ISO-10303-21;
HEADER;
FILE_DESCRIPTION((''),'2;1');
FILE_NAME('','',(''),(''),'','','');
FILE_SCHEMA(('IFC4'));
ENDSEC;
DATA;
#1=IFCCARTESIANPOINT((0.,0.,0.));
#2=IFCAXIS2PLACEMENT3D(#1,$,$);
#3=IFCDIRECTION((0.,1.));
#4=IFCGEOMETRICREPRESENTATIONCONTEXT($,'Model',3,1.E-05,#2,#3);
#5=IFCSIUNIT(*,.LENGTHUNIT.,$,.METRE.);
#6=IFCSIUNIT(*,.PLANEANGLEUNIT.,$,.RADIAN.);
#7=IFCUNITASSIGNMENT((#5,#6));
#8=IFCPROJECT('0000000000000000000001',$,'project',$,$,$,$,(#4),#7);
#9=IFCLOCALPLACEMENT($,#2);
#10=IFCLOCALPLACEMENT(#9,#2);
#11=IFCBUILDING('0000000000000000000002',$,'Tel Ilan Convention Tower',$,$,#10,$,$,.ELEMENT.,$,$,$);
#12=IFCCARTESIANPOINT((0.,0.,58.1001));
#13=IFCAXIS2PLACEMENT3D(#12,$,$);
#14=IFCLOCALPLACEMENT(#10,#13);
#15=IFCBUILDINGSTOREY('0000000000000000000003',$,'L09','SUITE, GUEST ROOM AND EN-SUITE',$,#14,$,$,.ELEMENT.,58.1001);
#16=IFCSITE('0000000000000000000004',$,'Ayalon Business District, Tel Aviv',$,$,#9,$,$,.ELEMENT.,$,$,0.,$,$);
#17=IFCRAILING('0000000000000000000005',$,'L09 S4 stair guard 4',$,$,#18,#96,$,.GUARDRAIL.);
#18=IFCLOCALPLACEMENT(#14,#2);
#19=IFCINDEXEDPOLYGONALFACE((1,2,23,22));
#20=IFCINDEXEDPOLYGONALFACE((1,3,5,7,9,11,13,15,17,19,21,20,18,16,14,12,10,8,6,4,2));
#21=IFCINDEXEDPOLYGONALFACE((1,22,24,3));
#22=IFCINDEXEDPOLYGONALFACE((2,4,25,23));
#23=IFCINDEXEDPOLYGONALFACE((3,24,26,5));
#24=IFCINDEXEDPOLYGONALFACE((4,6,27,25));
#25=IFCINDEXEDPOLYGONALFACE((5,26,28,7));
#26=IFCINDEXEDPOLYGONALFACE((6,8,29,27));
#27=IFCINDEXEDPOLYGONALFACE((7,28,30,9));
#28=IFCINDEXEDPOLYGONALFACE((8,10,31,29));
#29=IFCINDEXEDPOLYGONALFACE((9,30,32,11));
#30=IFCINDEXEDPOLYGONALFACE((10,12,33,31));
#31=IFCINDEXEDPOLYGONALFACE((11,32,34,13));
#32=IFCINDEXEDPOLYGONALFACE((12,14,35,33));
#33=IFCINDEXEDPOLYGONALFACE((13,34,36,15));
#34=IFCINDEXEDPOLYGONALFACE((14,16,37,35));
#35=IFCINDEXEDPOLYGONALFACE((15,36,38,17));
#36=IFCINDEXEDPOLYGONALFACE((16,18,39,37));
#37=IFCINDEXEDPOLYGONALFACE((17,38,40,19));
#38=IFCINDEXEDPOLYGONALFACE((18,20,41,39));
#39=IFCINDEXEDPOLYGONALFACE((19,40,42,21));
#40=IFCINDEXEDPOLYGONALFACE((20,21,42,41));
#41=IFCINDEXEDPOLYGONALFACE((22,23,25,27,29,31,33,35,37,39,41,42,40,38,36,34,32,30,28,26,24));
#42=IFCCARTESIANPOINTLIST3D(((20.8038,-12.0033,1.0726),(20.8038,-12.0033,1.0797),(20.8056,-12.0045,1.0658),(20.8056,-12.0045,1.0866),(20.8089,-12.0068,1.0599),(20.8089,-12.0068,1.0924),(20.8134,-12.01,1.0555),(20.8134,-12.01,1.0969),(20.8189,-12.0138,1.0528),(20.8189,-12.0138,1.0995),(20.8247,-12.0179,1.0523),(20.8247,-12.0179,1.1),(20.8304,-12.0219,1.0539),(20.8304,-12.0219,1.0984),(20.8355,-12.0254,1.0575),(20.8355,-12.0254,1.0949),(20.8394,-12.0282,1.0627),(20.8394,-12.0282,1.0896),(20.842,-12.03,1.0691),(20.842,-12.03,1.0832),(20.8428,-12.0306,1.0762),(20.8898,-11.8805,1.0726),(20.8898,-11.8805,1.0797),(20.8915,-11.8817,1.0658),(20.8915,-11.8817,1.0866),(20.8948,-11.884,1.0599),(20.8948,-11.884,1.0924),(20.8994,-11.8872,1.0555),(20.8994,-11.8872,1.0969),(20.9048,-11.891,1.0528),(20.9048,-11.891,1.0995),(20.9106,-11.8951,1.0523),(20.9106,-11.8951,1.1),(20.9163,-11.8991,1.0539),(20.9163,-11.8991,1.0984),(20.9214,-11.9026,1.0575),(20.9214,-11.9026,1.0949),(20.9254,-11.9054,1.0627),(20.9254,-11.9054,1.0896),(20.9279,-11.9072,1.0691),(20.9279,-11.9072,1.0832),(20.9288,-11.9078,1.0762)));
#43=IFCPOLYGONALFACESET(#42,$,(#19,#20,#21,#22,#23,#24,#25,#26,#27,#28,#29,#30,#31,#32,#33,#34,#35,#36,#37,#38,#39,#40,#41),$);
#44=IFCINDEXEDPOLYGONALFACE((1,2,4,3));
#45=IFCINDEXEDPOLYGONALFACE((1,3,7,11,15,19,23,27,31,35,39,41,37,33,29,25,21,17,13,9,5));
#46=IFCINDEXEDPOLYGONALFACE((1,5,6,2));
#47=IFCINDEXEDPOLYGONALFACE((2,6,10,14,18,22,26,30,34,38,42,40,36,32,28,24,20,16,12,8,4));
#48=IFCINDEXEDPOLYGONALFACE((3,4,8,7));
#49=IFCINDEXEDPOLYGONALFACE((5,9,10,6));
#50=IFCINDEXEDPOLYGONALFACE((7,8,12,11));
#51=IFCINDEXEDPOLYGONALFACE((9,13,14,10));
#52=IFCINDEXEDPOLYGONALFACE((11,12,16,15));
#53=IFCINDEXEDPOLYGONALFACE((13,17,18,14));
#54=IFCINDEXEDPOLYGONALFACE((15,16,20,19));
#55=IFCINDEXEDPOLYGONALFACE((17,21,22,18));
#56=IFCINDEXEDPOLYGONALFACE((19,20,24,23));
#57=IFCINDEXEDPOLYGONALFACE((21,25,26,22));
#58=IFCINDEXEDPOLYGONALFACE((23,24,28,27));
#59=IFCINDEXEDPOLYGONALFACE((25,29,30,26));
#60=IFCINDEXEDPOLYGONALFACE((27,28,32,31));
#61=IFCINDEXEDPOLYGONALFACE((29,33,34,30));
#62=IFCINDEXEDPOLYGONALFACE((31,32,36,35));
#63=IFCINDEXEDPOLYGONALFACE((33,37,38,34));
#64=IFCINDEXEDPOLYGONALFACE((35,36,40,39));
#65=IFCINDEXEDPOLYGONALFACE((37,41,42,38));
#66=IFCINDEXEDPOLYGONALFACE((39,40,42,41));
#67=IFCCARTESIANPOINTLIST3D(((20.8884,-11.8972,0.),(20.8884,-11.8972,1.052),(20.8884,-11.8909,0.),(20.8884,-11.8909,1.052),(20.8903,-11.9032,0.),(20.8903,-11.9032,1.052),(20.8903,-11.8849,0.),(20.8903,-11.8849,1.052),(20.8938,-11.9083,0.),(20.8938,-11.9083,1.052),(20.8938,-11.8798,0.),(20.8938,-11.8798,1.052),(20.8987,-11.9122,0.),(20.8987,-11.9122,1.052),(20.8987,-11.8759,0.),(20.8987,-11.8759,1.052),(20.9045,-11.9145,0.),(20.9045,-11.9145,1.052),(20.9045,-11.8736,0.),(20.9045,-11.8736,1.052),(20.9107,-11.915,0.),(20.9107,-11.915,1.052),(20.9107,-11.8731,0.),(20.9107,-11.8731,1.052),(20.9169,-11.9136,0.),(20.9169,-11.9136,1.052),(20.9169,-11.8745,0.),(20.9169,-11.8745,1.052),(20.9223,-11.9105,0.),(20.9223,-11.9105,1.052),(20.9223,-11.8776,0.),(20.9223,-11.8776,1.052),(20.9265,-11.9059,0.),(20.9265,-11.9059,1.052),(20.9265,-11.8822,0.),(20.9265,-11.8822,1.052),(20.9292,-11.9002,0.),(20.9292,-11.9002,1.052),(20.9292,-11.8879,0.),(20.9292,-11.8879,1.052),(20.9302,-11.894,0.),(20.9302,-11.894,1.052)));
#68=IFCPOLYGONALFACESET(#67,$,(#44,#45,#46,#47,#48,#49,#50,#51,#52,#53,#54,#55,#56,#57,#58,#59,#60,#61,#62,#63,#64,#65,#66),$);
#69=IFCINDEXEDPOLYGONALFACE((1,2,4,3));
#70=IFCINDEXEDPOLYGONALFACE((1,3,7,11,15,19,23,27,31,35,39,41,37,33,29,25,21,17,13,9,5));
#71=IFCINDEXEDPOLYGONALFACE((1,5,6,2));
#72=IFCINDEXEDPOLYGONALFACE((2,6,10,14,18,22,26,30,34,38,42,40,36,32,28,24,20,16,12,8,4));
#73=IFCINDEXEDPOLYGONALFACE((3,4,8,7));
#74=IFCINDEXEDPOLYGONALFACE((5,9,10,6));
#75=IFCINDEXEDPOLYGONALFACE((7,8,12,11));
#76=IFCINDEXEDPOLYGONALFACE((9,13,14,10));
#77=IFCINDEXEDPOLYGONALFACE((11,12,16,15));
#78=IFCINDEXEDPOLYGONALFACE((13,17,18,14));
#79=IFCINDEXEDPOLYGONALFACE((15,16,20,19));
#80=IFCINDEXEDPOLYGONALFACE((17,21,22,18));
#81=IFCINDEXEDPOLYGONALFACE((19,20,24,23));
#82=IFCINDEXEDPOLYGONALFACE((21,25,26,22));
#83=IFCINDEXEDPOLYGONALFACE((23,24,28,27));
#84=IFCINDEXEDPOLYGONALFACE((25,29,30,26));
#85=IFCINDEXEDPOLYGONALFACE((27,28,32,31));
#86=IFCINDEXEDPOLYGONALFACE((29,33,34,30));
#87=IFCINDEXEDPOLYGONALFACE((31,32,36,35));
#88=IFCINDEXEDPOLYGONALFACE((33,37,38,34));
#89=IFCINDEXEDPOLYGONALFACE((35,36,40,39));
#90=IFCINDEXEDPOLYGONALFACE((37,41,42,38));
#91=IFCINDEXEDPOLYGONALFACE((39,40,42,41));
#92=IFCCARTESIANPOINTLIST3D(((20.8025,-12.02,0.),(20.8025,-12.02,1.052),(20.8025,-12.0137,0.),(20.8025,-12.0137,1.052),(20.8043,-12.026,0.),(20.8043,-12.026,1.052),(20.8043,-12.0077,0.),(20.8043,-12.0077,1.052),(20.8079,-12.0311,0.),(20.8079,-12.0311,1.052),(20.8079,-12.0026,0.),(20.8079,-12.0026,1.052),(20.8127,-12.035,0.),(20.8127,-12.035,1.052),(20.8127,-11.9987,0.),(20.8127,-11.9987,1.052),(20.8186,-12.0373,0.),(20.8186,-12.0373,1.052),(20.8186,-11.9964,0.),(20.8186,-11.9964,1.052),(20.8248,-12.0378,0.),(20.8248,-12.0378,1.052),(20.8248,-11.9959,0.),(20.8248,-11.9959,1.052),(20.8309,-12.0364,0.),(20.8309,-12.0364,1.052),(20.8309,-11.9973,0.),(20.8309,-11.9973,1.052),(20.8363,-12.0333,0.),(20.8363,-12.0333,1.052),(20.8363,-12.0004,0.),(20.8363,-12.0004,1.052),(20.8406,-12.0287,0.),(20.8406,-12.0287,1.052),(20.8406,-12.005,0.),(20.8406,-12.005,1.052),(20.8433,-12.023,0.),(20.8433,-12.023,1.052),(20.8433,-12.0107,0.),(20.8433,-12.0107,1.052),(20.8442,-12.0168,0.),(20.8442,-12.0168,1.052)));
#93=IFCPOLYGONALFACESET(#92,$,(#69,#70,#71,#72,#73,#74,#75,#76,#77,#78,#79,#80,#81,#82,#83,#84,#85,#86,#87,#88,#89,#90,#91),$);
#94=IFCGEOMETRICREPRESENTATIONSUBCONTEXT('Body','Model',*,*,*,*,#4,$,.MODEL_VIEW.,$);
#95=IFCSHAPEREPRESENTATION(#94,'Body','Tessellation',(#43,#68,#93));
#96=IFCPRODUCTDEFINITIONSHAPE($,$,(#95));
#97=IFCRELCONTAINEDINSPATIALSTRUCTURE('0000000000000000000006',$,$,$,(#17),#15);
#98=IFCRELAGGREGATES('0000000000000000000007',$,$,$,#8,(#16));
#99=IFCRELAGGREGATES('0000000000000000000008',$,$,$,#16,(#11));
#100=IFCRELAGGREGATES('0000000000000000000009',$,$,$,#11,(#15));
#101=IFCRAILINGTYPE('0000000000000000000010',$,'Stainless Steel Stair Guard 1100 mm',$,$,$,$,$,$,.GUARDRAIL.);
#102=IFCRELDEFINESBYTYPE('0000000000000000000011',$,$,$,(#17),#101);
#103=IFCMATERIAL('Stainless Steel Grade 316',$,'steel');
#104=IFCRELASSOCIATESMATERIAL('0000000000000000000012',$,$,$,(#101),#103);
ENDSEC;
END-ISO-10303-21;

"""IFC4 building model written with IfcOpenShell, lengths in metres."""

from ifc_helpers import new_model, si_unit, direction, frame, origin, origin_2d, place, context, subcontext, project, spatial, circle, extrude, material, type_object, element, save


model = new_model("IFC4")

# Units and contexts
model_context = context("Model", 3, precision=1e-05, world=origin(), true_north=direction((0.0, 1.0)))
body_context = subcontext(model_context, "Body", "Model", "MODEL_VIEW")
ifc_project = project(units=[si_unit("LENGTHUNIT", "METRE"), si_unit("PLANEANGLEUNIT", "RADIAN")], contexts=[model_context])

# Site, building, storey
site_placement = place(None, origin())
site = spatial("IfcSite", under=ifc_project, at=site_placement, Name="Ayalon Business District, Tel Aviv", CompositionType="ELEMENT", RefElevation=0.0)
building_placement = place(site_placement, origin())
building = spatial("IfcBuilding", under=site, at=building_placement, Name="Tel Ilan Convention Tower", CompositionType="ELEMENT")
storey_placement = place(building_placement, frame((0.0, 0.0, 58.1001)))
storey = spatial("IfcBuildingStorey", under=building, at=storey_placement, Name="L09", Description="SUITE, GUEST ROOM AND EN-SUITE", CompositionType="ELEMENT", Elevation=58.1001)

# Railing
ifc_material_1 = material(Name="Stainless Steel Grade 316", Category="steel")
railing_type_1 = type_object("IfcRailingType", Name="Stainless Steel Stair Guard 1100 mm", PredefinedType="GUARDRAIL", material=ifc_material_1)
railing_1_placement = place(storey_placement, frame((20.9092, -11.894, 0.0)))
element("IfcRailing", 1, at=railing_1_placement, inside=storey, type_object=railing_type_1, Name="L09 S4 stair guard 4", PredefinedType="GUARDRAIL", context=body_context, shape_type="SweptSolid", body=[
    extrude(circle(Radius=0.0239, at=origin_2d()), frame((0.0, 0.0, 1.0762), z_axis=(-0.573353, -0.819308, 0.0), x_axis=(0.819308, -0.573353, 0.0)), (0.0, 0.0, 1.0), 0.1499),
    extrude(circle(Radius=0.021, at=origin_2d()), origin(), (0.0, 0.0, 1.0), 1.052),
    extrude(circle(Radius=0.021, at=origin_2d()), frame((-0.0859, -0.1228, 0.0)), (0.0, 0.0, 1.0), 1.052),
])

save(model, "model.ifc")
